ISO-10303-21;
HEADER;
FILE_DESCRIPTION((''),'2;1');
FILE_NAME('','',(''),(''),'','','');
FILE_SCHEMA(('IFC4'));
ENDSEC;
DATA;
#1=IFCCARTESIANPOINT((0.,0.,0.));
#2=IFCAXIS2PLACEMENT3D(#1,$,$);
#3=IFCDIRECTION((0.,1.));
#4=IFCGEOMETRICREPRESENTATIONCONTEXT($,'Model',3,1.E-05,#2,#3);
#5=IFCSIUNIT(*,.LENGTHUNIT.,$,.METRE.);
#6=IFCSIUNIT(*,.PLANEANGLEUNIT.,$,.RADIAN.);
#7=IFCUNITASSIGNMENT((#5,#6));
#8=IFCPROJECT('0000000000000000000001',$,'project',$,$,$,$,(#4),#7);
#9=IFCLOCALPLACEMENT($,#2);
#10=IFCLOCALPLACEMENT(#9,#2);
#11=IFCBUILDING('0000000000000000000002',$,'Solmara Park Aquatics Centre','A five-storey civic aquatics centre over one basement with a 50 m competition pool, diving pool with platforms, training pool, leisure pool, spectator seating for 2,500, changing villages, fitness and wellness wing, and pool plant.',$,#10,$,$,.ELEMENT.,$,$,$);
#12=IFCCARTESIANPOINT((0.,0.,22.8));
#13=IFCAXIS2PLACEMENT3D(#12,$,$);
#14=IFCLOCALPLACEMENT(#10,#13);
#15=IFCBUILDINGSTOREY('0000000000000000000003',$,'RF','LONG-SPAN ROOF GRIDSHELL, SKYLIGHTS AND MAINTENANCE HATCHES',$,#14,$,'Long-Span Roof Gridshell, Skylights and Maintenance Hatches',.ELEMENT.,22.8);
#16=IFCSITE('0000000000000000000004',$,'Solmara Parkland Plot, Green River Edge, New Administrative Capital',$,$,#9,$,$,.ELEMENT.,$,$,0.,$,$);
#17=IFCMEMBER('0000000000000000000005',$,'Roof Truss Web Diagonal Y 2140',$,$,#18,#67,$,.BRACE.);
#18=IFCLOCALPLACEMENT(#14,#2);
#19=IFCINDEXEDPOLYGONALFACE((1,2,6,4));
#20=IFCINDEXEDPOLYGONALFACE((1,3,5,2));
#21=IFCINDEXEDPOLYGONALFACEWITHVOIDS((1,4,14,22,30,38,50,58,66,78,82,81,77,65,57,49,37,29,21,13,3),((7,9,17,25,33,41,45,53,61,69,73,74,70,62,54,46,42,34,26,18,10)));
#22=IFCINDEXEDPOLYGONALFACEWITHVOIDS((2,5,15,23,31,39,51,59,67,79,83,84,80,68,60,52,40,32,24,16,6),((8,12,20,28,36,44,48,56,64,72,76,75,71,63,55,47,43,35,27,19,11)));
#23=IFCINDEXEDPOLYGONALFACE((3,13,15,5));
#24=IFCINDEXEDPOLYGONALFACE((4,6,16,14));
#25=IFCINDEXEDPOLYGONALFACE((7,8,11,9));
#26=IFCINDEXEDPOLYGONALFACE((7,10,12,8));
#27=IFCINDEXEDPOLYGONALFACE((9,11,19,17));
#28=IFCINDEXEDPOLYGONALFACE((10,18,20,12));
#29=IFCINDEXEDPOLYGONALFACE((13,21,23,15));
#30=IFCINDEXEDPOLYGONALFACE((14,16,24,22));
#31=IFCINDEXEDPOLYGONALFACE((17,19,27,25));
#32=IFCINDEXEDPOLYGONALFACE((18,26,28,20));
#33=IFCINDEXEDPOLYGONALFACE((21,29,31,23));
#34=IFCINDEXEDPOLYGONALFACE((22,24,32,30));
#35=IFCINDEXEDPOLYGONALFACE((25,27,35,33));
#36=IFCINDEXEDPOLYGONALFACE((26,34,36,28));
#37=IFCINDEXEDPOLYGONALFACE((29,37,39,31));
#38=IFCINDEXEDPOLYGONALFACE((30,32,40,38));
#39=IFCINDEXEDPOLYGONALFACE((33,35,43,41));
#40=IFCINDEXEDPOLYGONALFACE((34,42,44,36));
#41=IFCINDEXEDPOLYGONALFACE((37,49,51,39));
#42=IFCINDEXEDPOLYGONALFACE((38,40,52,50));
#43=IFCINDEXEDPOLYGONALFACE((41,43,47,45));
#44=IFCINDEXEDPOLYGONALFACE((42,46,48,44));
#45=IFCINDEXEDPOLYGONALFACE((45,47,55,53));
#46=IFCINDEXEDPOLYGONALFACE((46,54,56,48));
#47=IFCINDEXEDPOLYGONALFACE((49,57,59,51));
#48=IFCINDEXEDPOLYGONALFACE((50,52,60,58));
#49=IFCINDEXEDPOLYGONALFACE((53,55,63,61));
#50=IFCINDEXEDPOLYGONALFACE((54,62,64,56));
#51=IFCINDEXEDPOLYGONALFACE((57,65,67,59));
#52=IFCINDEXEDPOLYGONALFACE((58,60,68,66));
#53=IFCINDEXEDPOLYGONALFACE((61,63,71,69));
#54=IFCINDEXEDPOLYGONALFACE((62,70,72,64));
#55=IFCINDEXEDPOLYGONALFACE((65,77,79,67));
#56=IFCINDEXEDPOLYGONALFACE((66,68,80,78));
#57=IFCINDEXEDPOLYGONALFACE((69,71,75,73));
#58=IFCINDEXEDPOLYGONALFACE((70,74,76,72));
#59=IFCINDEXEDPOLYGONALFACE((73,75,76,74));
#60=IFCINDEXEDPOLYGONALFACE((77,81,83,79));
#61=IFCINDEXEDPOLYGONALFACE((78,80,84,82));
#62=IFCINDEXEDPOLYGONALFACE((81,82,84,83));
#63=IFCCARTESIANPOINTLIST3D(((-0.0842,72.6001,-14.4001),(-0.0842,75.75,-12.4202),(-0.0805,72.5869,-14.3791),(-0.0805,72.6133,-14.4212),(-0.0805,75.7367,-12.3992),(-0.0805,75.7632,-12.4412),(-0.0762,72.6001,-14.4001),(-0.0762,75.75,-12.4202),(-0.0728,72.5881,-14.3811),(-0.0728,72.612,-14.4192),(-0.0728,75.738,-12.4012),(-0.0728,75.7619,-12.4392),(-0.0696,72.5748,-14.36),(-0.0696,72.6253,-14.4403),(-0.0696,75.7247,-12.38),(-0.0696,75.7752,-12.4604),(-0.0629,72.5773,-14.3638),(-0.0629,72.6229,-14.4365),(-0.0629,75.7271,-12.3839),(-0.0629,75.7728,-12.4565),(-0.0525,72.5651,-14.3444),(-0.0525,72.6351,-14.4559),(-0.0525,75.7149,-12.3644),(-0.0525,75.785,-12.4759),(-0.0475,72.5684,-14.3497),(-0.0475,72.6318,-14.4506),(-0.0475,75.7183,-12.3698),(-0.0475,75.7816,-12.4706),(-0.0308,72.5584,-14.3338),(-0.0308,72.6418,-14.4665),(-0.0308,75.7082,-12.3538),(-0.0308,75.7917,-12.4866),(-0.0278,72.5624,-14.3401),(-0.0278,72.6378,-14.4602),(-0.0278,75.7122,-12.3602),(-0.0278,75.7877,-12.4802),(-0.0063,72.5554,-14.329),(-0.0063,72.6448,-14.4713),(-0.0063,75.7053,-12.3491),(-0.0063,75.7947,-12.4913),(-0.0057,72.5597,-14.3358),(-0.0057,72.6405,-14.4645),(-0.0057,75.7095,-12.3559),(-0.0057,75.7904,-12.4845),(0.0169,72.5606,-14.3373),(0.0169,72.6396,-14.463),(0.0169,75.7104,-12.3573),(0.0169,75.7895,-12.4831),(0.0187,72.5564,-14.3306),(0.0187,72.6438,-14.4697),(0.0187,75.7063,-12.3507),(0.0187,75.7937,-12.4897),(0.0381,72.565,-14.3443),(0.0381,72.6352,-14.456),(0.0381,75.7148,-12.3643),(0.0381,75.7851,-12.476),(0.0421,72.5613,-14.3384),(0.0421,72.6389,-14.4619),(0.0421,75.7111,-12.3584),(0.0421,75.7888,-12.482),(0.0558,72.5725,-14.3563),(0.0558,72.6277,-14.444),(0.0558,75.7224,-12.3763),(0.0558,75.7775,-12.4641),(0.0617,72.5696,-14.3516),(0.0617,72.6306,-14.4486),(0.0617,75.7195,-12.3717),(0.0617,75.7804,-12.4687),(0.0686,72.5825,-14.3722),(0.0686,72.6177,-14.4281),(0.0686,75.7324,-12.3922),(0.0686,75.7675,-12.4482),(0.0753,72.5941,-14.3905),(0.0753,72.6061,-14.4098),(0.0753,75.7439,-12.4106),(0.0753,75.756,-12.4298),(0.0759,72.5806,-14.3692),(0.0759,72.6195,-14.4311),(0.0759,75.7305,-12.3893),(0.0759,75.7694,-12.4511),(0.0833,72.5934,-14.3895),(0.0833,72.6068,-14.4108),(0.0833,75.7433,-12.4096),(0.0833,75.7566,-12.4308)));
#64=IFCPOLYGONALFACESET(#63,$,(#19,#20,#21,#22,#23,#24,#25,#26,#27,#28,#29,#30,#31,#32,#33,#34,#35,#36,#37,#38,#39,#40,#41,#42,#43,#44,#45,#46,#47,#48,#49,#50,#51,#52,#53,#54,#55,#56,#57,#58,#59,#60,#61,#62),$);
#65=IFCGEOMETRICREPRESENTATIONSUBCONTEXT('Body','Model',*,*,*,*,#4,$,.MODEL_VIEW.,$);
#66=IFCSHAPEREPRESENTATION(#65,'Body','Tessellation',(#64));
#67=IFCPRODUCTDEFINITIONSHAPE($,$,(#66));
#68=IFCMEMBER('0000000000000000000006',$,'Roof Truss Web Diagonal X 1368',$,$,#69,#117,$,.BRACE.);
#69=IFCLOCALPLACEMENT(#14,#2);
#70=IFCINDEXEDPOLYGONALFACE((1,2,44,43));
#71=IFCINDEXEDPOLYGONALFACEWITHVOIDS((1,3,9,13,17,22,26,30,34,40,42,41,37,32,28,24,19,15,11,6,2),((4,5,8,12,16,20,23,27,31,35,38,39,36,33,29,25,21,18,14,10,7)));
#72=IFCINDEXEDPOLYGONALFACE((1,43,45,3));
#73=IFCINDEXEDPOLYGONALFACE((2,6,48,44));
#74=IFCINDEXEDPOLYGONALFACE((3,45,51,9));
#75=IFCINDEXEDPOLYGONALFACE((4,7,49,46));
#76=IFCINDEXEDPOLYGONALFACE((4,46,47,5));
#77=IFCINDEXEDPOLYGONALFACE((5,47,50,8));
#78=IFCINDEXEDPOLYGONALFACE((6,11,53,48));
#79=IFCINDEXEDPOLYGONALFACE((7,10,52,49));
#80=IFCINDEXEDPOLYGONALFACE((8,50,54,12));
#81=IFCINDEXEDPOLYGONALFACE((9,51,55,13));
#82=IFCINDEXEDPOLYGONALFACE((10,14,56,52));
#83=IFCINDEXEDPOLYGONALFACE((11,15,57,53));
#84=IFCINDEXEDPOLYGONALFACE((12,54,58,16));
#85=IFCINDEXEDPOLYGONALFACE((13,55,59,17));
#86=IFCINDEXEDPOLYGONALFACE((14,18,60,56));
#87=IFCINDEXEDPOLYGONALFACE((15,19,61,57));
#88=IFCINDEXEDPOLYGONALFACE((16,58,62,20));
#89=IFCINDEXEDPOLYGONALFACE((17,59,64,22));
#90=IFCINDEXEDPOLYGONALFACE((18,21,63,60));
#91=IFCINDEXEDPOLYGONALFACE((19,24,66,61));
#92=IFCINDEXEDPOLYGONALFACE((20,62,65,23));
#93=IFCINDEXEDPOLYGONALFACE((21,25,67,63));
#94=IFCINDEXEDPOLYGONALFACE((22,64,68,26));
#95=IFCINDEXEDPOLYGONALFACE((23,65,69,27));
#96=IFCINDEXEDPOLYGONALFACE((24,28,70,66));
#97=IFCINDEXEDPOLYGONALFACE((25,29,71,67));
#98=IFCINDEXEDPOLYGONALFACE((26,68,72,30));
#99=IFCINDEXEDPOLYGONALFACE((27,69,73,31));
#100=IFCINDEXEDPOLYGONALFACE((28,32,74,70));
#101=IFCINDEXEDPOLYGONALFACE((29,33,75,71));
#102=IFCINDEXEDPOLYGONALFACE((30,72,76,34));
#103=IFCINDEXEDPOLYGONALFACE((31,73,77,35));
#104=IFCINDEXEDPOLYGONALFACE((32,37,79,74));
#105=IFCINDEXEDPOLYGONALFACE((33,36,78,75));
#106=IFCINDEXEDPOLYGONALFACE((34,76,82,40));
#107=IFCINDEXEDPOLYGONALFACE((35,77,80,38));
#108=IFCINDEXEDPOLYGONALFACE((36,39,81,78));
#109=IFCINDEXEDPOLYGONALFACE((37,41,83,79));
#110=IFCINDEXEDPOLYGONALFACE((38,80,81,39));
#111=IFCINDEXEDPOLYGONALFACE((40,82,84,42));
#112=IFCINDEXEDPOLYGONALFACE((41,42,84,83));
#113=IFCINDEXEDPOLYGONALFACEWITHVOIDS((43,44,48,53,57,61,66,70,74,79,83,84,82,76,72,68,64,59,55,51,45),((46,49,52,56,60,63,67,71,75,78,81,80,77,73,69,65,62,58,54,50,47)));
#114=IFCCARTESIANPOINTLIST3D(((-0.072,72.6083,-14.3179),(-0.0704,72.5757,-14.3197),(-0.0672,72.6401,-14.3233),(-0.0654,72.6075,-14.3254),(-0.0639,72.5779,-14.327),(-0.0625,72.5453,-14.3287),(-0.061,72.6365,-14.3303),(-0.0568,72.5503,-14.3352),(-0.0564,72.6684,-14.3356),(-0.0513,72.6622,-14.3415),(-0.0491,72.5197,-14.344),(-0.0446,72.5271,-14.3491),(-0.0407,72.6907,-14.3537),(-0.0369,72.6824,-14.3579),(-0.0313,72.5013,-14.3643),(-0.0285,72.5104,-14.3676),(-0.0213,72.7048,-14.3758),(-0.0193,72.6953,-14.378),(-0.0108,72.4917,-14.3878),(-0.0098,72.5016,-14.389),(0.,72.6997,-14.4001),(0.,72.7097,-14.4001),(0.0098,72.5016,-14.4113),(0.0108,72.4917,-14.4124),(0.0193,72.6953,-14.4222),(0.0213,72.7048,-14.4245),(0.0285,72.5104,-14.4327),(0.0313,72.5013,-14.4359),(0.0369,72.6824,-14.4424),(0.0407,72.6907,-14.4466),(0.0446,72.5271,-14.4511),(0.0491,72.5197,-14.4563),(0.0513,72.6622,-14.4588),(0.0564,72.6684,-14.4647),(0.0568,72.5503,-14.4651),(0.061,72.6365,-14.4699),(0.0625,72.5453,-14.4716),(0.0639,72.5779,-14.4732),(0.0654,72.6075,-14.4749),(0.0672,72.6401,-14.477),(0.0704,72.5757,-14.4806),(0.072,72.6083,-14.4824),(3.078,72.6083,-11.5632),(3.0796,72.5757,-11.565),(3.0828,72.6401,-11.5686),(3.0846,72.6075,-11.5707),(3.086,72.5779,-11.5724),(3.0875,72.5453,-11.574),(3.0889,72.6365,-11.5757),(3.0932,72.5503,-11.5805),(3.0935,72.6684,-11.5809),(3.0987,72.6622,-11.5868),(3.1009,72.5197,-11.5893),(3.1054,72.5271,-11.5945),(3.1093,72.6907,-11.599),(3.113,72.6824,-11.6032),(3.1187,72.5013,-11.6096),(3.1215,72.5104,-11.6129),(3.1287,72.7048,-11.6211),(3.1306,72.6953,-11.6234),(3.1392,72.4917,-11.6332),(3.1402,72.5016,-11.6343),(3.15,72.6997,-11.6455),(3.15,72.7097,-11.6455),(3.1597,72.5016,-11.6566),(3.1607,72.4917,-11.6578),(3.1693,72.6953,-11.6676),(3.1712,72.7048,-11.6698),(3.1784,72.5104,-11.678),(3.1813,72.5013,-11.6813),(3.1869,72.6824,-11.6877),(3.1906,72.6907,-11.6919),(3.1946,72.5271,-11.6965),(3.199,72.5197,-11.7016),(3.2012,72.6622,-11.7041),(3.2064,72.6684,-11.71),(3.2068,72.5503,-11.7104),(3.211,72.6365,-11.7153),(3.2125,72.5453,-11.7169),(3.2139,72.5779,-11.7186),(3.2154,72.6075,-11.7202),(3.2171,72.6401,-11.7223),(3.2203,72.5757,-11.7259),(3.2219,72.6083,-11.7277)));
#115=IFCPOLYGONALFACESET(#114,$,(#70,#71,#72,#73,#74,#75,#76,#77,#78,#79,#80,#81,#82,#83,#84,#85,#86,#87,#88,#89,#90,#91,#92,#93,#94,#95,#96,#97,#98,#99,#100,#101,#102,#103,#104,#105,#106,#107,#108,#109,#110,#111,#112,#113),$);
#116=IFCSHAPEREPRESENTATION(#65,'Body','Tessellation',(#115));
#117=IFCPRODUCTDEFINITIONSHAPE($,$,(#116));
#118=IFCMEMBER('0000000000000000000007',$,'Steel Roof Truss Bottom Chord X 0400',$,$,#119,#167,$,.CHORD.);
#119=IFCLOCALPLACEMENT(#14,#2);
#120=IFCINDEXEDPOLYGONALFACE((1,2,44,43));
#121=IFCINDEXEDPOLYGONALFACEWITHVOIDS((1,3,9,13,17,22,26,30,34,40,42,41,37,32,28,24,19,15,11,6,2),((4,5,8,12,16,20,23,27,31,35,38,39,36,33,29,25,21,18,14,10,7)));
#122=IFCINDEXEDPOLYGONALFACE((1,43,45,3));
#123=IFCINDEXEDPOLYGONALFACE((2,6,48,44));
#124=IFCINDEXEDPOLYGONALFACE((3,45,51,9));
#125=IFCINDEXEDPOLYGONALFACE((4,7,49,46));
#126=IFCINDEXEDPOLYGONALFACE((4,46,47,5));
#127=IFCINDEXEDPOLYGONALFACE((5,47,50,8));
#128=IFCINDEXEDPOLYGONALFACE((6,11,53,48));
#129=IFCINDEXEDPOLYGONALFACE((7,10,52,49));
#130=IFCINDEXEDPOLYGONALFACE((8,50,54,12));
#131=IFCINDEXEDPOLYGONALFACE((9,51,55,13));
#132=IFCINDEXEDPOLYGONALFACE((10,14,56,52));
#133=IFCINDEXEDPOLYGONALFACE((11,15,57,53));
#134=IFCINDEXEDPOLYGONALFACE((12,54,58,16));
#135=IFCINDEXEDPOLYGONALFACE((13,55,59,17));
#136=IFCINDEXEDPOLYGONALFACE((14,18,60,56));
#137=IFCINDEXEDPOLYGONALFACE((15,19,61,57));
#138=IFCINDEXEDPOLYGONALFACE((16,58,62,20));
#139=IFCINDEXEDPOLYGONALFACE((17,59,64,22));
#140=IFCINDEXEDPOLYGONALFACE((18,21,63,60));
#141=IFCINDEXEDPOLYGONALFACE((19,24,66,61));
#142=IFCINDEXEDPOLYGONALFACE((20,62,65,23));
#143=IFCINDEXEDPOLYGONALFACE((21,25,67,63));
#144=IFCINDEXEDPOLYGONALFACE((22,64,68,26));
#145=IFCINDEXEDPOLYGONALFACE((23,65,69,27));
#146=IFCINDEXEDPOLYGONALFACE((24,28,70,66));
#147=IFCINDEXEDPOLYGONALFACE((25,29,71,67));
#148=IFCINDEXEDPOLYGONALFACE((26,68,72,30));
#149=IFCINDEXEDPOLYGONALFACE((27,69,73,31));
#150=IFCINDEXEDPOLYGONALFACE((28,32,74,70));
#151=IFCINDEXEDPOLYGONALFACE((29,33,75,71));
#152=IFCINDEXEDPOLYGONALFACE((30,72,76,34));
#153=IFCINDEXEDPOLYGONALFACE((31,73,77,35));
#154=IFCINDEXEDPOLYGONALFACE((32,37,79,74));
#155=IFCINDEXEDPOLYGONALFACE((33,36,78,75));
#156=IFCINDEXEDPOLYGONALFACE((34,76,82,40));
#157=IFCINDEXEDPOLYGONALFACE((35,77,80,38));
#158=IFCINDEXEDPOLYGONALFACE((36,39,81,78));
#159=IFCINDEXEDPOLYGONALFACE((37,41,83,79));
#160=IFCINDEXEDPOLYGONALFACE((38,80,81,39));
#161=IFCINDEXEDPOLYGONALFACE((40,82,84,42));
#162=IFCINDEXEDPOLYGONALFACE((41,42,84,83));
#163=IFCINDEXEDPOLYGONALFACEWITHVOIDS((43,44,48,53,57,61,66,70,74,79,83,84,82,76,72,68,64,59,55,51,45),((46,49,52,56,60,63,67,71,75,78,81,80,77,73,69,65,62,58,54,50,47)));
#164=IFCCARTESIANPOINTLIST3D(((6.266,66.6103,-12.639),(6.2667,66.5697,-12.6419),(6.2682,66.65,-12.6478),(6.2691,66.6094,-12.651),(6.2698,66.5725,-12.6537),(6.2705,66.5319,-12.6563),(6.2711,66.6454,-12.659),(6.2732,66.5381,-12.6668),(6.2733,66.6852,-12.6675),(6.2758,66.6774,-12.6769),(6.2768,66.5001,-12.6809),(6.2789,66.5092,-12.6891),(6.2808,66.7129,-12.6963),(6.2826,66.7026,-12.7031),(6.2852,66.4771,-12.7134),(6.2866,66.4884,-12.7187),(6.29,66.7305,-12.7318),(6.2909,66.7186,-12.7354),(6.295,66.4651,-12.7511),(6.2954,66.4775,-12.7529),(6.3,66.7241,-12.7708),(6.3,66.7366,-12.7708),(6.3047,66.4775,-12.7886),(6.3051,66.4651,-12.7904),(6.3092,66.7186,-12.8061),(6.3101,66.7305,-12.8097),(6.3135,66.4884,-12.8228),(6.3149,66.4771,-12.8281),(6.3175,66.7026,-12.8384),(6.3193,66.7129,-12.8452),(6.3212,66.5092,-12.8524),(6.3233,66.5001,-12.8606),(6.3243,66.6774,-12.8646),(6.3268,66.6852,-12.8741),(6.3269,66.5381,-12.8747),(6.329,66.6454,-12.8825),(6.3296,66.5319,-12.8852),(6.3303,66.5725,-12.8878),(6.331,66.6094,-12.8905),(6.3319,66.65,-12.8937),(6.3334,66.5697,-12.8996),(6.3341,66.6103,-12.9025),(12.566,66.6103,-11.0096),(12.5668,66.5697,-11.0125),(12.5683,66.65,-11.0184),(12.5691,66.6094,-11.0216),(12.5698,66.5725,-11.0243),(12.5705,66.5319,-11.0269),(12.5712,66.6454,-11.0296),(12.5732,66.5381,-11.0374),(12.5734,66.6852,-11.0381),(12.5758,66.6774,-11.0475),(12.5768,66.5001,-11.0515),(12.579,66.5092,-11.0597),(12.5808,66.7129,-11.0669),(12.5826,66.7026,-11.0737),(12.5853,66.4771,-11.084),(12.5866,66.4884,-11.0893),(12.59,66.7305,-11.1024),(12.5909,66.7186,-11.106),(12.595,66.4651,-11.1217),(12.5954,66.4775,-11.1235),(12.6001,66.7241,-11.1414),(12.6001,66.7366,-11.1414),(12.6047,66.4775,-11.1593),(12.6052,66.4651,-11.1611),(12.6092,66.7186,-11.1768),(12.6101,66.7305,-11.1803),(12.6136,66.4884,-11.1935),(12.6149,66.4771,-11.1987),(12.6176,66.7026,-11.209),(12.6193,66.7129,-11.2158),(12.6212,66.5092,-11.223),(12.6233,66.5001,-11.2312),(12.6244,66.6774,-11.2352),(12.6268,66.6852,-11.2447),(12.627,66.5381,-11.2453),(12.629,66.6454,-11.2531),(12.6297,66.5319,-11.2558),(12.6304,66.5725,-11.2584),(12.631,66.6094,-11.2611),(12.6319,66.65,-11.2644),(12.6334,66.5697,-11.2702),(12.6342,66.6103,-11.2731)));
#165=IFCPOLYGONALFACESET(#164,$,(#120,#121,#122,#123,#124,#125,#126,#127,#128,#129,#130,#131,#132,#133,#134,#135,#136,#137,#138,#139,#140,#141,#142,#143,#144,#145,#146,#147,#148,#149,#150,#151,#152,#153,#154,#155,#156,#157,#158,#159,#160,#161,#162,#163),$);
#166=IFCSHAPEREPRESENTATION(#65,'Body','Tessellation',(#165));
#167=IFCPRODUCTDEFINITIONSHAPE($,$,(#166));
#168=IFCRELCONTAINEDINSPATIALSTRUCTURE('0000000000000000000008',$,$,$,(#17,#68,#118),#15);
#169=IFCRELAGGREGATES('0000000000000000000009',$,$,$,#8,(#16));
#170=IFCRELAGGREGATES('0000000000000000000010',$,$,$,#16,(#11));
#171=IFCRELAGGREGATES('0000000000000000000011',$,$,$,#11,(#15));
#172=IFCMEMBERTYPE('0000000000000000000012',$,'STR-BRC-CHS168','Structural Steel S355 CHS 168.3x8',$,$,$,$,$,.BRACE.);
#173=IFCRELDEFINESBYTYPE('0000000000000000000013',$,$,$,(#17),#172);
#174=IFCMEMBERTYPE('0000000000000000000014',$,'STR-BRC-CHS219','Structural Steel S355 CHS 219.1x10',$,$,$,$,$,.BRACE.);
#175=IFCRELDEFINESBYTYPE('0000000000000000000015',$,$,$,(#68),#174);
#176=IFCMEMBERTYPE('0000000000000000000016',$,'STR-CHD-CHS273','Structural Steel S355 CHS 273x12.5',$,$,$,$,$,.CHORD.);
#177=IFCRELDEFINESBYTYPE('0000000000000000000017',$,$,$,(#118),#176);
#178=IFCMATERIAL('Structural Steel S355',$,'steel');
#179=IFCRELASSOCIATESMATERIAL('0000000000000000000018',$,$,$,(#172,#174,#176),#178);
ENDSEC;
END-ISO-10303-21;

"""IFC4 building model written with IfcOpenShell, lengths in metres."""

from ifc_helpers import new_model, si_unit, direction, frame, origin, origin_2d, place, context, subcontext, project, spatial, hollow_circle, extrude, material, material_profile, profile_set, type_object, element, save


model = new_model("IFC4")

# Units and contexts
model_context = context("Model", 3, precision=1e-05, world=origin(), true_north=direction((0.0, 1.0)))
body_context = subcontext(model_context, "Body", "Model", "MODEL_VIEW")
ifc_project = project(units=[si_unit("LENGTHUNIT", "METRE"), si_unit("PLANEANGLEUNIT", "RADIAN")], contexts=[model_context])

# Site, building, storey
site_placement = place(None, origin())
site = spatial("IfcSite", under=ifc_project, at=site_placement, Name="Solmara Parkland Plot, Green River Edge, New Administrative Capital", CompositionType="ELEMENT", RefElevation=0.0)
building_placement = place(site_placement, origin())
building = spatial("IfcBuilding", under=site, at=building_placement, Name="Solmara Park Aquatics Centre", Description="A five-storey civic aquatics centre over one basement with a 50 m competition pool, diving pool with platforms, training pool, leisure pool, spectator seating for 2,500, changing villages, fitness and wellness wing, and pool plant.", CompositionType="ELEMENT")
storey_placement = place(building_placement, frame((0.0, 0.0, 22.8)))
storey = spatial("IfcBuildingStorey", under=building, at=storey_placement, Name="RF", Description="LONG-SPAN ROOF GRIDSHELL, SKYLIGHTS AND MAINTENANCE HATCHES", LongName="Long-Span Roof Gridshell, Skylights and Maintenance Hatches", CompositionType="ELEMENT", Elevation=22.8)

# Members
ifc_material_1 = material(Name="Structural Steel S355", Category="steel")
ifc_material_profile_1 = material_profile(ifc_material_1, hollow_circle(Radius=0.0842, WallThickness=0.0081, at=origin_2d()), Name="CHS 168.3x8")
ifc_profile_set_1 = profile_set([ifc_material_profile_1], Name="Structural Steel S355")
member_type_1 = type_object("IfcMemberType", Name="STR-BRC-CHS168", Description="Structural Steel S355 CHS 168.3x8", PredefinedType="BRACE", material=ifc_profile_set_1)
member_1_placement = place(storey_placement, frame((0.0, 72.6001, -14.4001), z_axis=(0.0, 0.846631, 0.53218), x_axis=(-1.0, 0.0, 0.0)))
element("IfcMember", 1, at=member_1_placement, inside=storey, type_object=member_type_1, Name="Roof Truss Web Diagonal Y 2140", PredefinedType="BRACE", context=body_context, shape_type="SweptSolid", body=[
    extrude(hollow_circle(Radius=0.0842, WallThickness=0.0081, at=origin_2d()), origin(), (0.0, 0.0, 1.0), 3.7205),
])
ifc_material_profile_2 = material_profile(ifc_material_1, hollow_circle(Radius=0.1096, WallThickness=0.01, at=origin_2d()), Name="CHS 219.1x10")
ifc_profile_set_2 = profile_set([ifc_material_profile_2], Name="Structural Steel S355")
member_type_2 = type_object("IfcMemberType", Name="STR-BRC-CHS219", Description="Structural Steel S355 CHS 219.1x10", PredefinedType="BRACE", material=ifc_profile_set_2)
member_2_placement = place(storey_placement, frame((0.0, 72.6001, -14.4001), z_axis=(0.752757, 0.0, 0.658298), x_axis=(0.0, 1.0, 0.0)))
element("IfcMember", 2, at=member_2_placement, inside=storey, type_object=member_type_2, Name="Roof Truss Web Diagonal X 1368", PredefinedType="BRACE", context=body_context, shape_type="SweptSolid", body=[
    extrude(hollow_circle(Radius=0.1096, WallThickness=0.01, at=origin_2d()), origin(), (0.0, 0.0, 1.0), 4.1846),
])
ifc_material_profile_3 = material_profile(ifc_material_1, hollow_circle(Radius=0.1365, WallThickness=0.0125, at=origin_2d()), Name="CHS 273x12.5")
ifc_profile_set_3 = profile_set([ifc_material_profile_3], Name="Structural Steel S355")
member_type_3 = type_object("IfcMemberType", Name="STR-CHD-CHS273", Description="Structural Steel S355 CHS 273x12.5", PredefinedType="CHORD", material=ifc_profile_set_3)
member_3_placement = place(storey_placement, frame((6.3, 66.6001, -12.7708), z_axis=(0.968144, 0.0, 0.250393), x_axis=(0.0, 1.0, 0.0)))
element("IfcMember", 3, at=member_3_placement, inside=storey, type_object=member_type_3, Name="Steel Roof Truss Bottom Chord X 0400", PredefinedType="CHORD", context=body_context, shape_type="SweptSolid", body=[
    extrude(hollow_circle(Radius=0.1365, WallThickness=0.0125, at=origin_2d()), origin(), (0.0, 0.0, 1.0), 6.5073),
])

save(model, "model.ifc")
